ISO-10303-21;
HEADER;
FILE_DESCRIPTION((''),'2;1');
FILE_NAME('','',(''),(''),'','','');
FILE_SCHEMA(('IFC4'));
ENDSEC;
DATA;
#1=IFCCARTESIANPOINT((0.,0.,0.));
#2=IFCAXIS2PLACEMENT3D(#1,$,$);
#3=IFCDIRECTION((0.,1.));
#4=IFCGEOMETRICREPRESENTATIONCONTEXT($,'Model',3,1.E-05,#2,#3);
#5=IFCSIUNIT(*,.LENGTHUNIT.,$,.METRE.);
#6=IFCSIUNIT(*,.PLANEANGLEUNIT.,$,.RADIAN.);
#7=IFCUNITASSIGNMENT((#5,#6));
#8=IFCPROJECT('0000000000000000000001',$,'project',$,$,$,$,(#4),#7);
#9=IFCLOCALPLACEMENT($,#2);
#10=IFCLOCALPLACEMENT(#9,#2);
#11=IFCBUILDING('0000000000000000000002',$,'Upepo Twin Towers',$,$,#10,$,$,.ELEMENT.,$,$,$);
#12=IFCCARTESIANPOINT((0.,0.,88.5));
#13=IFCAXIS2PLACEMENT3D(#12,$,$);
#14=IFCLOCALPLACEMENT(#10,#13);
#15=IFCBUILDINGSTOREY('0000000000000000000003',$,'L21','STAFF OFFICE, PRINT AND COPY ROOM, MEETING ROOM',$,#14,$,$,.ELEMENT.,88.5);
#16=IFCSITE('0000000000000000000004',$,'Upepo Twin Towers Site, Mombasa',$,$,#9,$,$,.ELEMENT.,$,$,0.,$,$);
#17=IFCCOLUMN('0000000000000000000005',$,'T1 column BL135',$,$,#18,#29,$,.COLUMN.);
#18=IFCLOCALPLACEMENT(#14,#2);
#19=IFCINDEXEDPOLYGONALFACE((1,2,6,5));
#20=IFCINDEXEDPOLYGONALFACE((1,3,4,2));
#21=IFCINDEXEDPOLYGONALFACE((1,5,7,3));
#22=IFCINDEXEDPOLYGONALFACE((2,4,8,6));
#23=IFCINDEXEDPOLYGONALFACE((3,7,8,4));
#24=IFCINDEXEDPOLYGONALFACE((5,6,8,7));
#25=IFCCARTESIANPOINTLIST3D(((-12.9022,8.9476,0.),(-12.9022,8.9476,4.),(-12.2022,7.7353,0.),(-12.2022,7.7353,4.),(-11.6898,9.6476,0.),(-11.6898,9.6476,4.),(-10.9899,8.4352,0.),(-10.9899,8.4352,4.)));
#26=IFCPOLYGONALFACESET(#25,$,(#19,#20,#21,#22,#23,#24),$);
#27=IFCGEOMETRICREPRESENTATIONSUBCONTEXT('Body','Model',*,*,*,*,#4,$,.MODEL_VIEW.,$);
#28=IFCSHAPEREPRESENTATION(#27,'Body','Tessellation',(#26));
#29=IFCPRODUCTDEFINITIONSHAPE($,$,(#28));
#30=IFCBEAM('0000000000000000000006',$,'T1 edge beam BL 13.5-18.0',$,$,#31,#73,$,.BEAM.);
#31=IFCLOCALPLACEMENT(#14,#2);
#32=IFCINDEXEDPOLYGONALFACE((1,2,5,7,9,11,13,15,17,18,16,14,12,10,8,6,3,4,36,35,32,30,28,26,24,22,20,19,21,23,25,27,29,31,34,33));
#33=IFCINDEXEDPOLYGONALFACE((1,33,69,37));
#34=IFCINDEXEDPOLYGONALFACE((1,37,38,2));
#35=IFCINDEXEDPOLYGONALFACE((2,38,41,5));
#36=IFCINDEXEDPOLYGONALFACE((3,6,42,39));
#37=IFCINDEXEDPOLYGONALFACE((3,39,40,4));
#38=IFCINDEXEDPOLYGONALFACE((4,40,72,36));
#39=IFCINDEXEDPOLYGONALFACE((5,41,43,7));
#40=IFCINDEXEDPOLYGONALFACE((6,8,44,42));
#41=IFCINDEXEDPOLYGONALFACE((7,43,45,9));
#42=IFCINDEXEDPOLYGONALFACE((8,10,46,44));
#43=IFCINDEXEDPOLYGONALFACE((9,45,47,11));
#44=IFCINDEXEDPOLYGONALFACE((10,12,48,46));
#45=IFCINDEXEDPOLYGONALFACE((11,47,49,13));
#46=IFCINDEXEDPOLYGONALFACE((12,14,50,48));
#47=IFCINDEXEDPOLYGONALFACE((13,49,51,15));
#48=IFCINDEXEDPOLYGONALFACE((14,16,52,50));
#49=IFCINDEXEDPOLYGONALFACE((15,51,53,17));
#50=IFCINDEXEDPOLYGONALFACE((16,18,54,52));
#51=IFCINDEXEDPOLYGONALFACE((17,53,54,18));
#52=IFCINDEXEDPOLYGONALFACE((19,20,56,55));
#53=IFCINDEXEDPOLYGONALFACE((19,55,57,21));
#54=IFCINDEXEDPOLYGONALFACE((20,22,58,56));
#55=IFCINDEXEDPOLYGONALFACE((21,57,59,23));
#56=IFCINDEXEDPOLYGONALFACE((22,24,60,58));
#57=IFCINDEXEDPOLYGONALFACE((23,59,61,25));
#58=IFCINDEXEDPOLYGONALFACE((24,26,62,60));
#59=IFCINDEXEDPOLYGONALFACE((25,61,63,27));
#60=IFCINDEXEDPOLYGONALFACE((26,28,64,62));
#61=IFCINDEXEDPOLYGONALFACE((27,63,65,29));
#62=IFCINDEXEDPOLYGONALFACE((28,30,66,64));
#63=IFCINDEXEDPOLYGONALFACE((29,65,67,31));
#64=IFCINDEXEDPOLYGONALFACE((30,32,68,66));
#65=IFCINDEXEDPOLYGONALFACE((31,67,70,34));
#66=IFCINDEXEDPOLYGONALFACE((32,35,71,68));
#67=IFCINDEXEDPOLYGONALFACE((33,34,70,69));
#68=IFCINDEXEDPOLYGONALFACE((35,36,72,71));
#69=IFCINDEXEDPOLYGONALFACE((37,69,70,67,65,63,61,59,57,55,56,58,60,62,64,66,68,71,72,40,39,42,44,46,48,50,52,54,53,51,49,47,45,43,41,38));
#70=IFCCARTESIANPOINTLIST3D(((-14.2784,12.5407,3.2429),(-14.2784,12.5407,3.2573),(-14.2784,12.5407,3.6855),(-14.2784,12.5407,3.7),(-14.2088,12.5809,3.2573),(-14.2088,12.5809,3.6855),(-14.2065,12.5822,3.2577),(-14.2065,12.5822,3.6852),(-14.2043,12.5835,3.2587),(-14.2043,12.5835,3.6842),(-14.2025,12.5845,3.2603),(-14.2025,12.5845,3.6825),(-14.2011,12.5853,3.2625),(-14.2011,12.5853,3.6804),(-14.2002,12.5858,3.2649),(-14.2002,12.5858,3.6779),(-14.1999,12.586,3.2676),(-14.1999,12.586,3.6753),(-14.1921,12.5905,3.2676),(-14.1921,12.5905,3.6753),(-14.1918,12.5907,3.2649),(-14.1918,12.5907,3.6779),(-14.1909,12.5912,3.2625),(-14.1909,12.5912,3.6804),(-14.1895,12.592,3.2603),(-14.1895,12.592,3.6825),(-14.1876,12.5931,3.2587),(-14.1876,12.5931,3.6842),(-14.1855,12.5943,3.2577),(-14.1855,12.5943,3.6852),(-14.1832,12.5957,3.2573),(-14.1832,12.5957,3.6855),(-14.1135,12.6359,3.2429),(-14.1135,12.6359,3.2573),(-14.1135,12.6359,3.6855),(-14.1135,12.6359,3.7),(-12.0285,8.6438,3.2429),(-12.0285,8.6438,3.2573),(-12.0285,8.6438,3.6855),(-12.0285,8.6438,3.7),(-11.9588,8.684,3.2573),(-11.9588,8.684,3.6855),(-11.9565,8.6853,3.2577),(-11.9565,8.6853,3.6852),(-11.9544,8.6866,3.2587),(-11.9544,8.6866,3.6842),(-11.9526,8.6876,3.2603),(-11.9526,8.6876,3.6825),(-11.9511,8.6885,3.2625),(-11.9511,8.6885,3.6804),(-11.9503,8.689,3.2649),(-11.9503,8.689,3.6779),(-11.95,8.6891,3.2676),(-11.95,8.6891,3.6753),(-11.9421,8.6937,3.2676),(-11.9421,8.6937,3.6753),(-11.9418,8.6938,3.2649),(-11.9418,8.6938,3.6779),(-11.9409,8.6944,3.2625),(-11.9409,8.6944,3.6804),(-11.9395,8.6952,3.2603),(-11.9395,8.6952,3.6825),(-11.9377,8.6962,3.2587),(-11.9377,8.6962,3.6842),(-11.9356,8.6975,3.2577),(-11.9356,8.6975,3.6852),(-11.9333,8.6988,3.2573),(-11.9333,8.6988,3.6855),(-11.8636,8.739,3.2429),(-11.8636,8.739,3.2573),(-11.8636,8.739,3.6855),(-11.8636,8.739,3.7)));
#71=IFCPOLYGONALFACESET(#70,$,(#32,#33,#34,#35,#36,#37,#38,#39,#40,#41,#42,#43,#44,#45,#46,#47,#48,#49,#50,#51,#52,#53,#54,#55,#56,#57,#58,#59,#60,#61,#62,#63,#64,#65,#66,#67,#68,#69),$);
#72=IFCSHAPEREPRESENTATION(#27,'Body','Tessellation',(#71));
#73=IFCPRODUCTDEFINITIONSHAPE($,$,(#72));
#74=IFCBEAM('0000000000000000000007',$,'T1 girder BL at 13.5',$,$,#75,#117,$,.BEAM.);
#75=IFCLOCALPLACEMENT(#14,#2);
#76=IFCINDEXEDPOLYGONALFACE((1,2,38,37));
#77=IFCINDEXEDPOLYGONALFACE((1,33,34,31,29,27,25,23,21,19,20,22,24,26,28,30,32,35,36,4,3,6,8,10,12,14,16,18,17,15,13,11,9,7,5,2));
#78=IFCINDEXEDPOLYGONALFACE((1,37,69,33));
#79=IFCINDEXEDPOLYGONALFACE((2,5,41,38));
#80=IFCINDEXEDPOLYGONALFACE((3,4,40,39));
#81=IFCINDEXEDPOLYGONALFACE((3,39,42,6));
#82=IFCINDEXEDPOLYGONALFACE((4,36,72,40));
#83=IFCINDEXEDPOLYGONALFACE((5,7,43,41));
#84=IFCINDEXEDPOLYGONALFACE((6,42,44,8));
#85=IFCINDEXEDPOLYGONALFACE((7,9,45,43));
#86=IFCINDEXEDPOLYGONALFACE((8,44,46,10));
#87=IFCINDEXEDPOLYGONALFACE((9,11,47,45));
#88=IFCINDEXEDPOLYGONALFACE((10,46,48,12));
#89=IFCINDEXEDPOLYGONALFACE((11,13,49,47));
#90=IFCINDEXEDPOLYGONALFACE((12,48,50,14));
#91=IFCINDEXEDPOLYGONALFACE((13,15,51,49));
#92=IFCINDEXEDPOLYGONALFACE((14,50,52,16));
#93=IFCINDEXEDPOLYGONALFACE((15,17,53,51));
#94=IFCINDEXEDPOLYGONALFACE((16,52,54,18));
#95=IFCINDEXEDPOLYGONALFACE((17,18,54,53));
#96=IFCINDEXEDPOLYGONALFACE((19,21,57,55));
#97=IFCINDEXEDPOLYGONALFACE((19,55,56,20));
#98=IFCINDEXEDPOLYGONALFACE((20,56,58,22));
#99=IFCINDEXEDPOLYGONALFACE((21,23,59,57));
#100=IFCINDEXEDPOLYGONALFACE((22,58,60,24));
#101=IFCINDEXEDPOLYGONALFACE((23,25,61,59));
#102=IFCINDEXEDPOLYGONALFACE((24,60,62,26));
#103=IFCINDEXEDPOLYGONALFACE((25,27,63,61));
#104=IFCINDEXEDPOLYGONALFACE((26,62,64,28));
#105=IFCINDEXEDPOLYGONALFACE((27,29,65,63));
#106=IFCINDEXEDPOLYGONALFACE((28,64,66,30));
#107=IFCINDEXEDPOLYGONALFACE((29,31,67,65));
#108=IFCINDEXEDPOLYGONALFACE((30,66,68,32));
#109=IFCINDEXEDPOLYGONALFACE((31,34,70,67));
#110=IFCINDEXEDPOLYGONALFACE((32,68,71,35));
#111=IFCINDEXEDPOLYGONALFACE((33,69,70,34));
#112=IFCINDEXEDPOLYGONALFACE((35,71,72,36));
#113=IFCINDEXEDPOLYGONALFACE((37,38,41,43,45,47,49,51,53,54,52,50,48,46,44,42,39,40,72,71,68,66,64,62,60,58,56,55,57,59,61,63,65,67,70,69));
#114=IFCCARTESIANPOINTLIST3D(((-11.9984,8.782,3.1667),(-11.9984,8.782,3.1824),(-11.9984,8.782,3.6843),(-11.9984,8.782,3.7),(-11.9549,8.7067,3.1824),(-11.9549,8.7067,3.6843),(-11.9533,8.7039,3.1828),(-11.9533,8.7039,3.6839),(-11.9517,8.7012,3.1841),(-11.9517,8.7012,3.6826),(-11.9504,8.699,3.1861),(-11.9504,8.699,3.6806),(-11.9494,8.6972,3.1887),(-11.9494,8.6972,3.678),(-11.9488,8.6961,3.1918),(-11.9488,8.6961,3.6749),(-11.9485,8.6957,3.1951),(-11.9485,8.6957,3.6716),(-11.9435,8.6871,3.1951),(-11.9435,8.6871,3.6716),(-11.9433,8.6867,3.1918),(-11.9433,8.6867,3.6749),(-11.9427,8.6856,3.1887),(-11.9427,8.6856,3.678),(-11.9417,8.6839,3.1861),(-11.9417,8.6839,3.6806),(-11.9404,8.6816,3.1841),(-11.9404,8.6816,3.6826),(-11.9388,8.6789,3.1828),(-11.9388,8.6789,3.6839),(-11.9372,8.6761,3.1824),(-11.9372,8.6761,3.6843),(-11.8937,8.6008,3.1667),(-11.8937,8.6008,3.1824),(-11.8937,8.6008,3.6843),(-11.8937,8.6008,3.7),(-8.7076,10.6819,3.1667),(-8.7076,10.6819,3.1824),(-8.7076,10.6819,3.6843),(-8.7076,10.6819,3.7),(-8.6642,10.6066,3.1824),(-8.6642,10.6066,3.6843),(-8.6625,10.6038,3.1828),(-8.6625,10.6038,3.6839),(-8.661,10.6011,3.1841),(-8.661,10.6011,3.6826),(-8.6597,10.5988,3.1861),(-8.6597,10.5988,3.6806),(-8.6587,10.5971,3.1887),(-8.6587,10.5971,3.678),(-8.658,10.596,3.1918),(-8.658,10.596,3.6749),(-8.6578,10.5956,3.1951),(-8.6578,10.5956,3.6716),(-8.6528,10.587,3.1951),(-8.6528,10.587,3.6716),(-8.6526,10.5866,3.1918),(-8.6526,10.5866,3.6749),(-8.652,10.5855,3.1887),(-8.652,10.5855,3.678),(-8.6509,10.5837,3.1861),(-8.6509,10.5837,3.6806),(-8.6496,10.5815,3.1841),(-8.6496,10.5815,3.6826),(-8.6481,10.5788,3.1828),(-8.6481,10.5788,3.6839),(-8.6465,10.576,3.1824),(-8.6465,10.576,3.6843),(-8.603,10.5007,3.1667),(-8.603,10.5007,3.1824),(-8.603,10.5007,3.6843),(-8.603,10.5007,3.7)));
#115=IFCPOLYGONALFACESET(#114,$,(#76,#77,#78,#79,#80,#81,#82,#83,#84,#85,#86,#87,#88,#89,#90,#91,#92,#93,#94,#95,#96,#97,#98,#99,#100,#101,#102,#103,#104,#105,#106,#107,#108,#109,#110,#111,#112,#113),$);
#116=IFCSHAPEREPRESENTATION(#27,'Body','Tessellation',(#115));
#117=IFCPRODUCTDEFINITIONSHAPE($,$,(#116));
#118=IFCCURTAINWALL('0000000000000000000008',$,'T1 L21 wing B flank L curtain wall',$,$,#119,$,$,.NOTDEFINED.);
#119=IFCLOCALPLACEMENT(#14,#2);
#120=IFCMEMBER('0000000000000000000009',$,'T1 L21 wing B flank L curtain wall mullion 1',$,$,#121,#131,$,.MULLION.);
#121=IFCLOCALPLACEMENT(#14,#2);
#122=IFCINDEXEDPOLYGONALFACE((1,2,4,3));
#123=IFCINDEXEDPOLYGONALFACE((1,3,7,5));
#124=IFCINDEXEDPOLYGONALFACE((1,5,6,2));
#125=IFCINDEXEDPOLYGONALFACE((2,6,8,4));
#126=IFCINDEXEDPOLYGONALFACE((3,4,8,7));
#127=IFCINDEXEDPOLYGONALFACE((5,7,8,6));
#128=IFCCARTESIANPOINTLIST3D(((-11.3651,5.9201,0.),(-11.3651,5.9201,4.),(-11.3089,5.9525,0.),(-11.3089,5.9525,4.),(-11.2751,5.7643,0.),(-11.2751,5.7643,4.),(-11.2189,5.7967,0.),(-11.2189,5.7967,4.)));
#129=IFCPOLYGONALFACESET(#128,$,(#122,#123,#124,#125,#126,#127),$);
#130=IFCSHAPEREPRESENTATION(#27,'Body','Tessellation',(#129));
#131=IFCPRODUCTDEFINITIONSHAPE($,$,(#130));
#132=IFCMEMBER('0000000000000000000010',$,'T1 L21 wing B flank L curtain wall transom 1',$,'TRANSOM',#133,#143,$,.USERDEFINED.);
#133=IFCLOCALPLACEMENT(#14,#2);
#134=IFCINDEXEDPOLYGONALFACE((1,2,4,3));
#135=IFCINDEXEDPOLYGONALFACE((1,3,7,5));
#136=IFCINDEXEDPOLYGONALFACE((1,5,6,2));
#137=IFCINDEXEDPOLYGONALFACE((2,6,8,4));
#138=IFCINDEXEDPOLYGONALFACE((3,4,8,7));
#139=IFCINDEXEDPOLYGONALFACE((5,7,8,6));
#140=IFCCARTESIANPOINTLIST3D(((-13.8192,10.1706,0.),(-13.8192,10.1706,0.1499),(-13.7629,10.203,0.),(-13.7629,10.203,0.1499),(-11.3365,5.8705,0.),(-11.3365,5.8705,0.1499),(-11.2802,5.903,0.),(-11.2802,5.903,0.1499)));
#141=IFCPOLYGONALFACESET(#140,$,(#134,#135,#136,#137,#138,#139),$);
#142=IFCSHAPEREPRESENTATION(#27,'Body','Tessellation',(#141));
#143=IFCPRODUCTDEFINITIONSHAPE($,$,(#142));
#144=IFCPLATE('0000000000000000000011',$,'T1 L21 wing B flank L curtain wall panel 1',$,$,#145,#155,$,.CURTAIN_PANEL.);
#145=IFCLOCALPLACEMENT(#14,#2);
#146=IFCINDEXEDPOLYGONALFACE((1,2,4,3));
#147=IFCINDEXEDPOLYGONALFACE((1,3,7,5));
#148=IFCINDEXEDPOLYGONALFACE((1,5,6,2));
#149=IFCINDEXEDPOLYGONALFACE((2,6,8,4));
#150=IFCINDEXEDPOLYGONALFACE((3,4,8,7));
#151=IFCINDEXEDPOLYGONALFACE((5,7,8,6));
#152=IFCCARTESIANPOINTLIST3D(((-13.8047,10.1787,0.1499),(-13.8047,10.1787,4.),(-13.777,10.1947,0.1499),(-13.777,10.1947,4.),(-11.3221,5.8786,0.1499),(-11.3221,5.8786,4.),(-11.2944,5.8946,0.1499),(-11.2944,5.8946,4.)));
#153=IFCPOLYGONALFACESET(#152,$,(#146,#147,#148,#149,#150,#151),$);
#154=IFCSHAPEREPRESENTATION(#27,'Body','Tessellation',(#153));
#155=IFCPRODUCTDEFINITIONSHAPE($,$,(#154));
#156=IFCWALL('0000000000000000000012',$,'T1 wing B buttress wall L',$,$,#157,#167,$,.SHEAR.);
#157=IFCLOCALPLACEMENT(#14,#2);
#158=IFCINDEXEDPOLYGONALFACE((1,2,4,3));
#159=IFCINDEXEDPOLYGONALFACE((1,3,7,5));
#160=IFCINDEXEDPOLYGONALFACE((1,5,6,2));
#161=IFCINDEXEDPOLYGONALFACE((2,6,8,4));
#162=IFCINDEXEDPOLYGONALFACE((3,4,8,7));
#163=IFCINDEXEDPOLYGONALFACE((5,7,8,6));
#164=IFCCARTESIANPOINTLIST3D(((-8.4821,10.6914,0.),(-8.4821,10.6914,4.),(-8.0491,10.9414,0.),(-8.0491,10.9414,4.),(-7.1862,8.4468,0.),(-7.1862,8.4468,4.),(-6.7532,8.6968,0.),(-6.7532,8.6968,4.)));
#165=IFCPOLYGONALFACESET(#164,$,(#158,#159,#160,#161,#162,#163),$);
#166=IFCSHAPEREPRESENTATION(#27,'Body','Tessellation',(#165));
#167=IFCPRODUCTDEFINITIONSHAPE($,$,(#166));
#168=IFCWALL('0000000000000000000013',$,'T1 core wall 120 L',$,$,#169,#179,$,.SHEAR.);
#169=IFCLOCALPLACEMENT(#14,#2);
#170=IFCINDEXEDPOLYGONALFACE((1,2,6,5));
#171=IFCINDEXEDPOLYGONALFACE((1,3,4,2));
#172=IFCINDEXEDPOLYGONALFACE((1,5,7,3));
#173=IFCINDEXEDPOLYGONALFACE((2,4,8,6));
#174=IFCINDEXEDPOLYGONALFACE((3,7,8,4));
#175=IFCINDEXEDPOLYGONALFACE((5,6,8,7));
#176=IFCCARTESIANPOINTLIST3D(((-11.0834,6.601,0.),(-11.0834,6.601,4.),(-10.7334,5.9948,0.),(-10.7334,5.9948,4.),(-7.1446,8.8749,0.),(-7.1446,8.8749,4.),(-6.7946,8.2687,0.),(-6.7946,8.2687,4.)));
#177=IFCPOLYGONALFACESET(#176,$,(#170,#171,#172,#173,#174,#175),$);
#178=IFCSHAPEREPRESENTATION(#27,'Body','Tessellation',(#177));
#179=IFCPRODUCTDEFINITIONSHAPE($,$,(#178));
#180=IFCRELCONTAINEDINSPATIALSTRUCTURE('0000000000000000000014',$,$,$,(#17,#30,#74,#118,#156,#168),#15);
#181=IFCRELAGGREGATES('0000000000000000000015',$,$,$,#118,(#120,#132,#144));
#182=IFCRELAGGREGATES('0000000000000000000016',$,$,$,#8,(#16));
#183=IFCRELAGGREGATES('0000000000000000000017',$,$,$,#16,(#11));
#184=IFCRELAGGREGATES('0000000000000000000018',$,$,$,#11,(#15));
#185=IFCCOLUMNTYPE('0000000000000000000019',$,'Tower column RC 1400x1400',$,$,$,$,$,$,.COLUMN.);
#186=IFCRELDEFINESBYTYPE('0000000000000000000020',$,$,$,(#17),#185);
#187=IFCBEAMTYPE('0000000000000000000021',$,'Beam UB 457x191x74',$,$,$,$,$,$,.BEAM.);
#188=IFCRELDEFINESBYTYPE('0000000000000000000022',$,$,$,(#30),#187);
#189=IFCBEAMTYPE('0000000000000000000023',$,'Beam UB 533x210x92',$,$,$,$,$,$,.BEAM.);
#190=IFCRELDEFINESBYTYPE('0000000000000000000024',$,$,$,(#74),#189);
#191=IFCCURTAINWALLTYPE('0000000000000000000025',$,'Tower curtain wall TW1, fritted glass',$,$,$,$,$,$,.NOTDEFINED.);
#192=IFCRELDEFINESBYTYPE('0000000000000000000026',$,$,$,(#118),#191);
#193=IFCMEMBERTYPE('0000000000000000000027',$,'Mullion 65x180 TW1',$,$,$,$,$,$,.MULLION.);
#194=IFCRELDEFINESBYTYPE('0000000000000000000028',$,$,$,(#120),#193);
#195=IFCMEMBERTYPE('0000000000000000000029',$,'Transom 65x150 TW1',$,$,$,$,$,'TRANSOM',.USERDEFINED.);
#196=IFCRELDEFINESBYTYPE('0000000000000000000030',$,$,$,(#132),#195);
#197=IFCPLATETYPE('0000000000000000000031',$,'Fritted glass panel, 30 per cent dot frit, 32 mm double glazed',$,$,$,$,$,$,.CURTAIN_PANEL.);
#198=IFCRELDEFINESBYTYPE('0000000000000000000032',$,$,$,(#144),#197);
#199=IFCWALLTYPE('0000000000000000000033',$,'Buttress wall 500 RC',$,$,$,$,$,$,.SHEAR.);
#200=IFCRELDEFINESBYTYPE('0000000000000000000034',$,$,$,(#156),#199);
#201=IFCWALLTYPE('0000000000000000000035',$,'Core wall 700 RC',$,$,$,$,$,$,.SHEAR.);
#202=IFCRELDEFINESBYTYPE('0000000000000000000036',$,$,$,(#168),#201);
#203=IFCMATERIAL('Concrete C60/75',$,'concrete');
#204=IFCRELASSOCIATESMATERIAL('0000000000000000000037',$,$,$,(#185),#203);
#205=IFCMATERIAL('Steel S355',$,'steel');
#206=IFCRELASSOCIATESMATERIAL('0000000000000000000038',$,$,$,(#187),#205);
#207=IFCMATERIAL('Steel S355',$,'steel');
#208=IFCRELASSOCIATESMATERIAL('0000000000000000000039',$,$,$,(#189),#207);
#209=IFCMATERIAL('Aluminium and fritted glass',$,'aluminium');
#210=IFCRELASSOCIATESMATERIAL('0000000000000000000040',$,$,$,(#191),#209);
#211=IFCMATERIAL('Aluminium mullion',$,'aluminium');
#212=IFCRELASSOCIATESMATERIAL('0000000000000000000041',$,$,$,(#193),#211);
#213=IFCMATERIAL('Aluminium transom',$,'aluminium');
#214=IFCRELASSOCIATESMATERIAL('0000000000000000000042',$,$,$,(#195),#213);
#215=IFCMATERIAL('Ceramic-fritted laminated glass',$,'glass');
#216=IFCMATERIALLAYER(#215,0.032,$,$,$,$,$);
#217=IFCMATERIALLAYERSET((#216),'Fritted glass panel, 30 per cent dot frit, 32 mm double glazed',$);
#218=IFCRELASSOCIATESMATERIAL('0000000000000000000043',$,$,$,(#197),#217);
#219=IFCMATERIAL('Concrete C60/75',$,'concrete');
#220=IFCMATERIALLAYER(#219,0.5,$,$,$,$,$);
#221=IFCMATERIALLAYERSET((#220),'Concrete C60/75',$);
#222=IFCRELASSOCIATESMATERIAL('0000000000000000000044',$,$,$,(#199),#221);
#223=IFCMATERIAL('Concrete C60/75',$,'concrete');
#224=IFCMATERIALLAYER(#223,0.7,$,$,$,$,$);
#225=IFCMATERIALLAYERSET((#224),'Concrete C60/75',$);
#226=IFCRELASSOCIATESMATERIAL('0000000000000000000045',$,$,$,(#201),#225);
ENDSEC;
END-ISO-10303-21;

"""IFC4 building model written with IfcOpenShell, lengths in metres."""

from ifc_helpers import new_model, si_unit, direction, frame, frame_2d, origin, origin_2d, place, context, subcontext, project, spatial, rectangle, i_section, extrude, material, layer, layer_set, material_profile, profile_set, type_object, element, aggregate, save


model = new_model("IFC4")

# Units and contexts
model_context = context("Model", 3, precision=1e-05, world=origin(), true_north=direction((0.0, 1.0)))
body_context = subcontext(model_context, "Body", "Model", "MODEL_VIEW")
ifc_project = project(units=[si_unit("LENGTHUNIT", "METRE"), si_unit("PLANEANGLEUNIT", "RADIAN")], contexts=[model_context])

# Site, building, storey
site_placement = place(None, origin())
site = spatial("IfcSite", under=ifc_project, at=site_placement, Name="Upepo Twin Towers Site, Mombasa", CompositionType="ELEMENT", RefElevation=0.0)
building_placement = place(site_placement, origin())
building = spatial("IfcBuilding", under=site, at=building_placement, Name="Upepo Twin Towers", CompositionType="ELEMENT")
storey_placement = place(building_placement, frame((0.0, 0.0, 88.5)))
storey = spatial("IfcBuildingStorey", under=building, at=storey_placement, Name="L21", Description="STAFF OFFICE, PRINT AND COPY ROOM, MEETING ROOM", CompositionType="ELEMENT", Elevation=88.5)

# Column
ifc_material_1 = material(Name="Concrete C60/75", Category="concrete")
ifc_material_profile_1 = material_profile(ifc_material_1, rectangle(XDim=1.3999, YDim=1.3999, at=origin_2d()), Name="RC 1400x1400")
ifc_profile_set_1 = profile_set([ifc_material_profile_1], Name="Concrete C60/75")
column_type = type_object("IfcColumnType", Name="Tower column RC 1400x1400", PredefinedType="COLUMN", material=ifc_profile_set_1)
column_placement = place(storey_placement, frame((-11.946, 8.6914, 0.0), z_axis=(0.0, 0.0, 1.0), x_axis=(0.866025, 0.5, 0.0)))
element("IfcColumn", 1, at=column_placement, inside=storey, type_object=column_type, Name="T1 column BL135", PredefinedType="COLUMN", context=body_context, shape_type="SweptSolid", body=[
    extrude(rectangle(XDim=1.3999, YDim=1.3999, at=origin_2d()), origin(), (0.0, 0.0, 1.0), 4.0),
])

# Beams
ifc_material_2 = material(Name="Steel S355", Category="steel")
ifc_material_profile_2 = material_profile(ifc_material_2, i_section(OverallWidth=0.1904, OverallDepth=0.457, WebThickness=0.009, FlangeThickness=0.0144, FilletRadius=0.0103, at=origin_2d()), Name="UB 457x191x74")
ifc_profile_set_2 = profile_set([ifc_material_profile_2], Name="Steel S355")
beam_type_1 = type_object("IfcBeamType", Name="Beam UB 457x191x74", PredefinedType="BEAM", material=ifc_profile_set_2)
beam_1_placement = place(storey_placement, frame((-11.946, 8.6914, 3.4714), z_axis=(-0.500014, 0.866018, 0.0), x_axis=(-0.866018, -0.500014, 0.0)))
element("IfcBeam", 2, at=beam_1_placement, inside=storey, type_object=beam_type_1, Name="T1 edge beam BL 13.5-18.0", PredefinedType="BEAM", context=body_context, shape_type="SweptSolid", body=[
    extrude(i_section(OverallWidth=0.1904, OverallDepth=0.457, WebThickness=0.009, FlangeThickness=0.0144, FilletRadius=0.0103, at=origin_2d()), origin(), (0.0, 0.0, 1.0), 4.4998),
])
ifc_material_3 = material(Name="Steel S355", Category="steel")
ifc_material_profile_3 = material_profile(ifc_material_3, i_section(OverallWidth=0.2092, OverallDepth=0.5332, WebThickness=0.01, FlangeThickness=0.0156, FilletRadius=0.0127, at=origin_2d()), Name="UB 533x210x92")
ifc_profile_set_3 = profile_set([ifc_material_profile_3], Name="Steel S355")
beam_type_2 = type_object("IfcBeamType", Name="Beam UB 533x210x92", PredefinedType="BEAM", material=ifc_profile_set_3)
beam_2_placement = place(storey_placement, frame((-11.946, 8.6914, 3.4333), z_axis=(0.866028, 0.499995, 0.0), x_axis=(-0.499995, 0.866028, 0.0)))
element("IfcBeam", 3, at=beam_2_placement, inside=storey, type_object=beam_type_2, Name="T1 girder BL at 13.5", PredefinedType="BEAM", context=body_context, shape_type="SweptSolid", body=[
    extrude(i_section(OverallWidth=0.2092, OverallDepth=0.5332, WebThickness=0.01, FlangeThickness=0.0156, FilletRadius=0.0127, at=origin_2d()), origin(), (0.0, 0.0, 1.0), 3.7998),
])

# Curtain wall, members, plate
ifc_material_4 = material(Name="Aluminium and fritted glass", Category="aluminium")
curtain_wall_type = type_object("IfcCurtainWallType", Name="Tower curtain wall TW1, fritted glass", PredefinedType="NOTDEFINED", material=ifc_material_4)
curtain_wall_placement = place(storey_placement, origin())
curtain_wall = element("IfcCurtainWall", 4, at=curtain_wall_placement, inside=storey, type_object=curtain_wall_type, Name="T1 L21 wing B flank L curtain wall", PredefinedType="NOTDEFINED")
ifc_material_5 = material(Name="Aluminium mullion", Category="aluminium")
ifc_material_profile_4 = material_profile(ifc_material_5, rectangle(XDim=0.0649, YDim=0.1799, at=origin_2d()), Name="MULLION 65x180")
ifc_profile_set_4 = profile_set([ifc_material_profile_4], Name="Aluminium mullion")
member_type_1 = type_object("IfcMemberType", Name="Mullion 65x180 TW1", PredefinedType="MULLION", material=ifc_profile_set_4)
member_1_placement = place(storey_placement, frame((-11.292, 5.8584, 0.0), z_axis=(0.0, 0.0, 1.0), x_axis=(-0.866025, -0.5, 0.0)))
member_1 = element("IfcMember", 5, at=member_1_placement, type_object=member_type_1, Name="T1 L21 wing B flank L curtain wall mullion 1", PredefinedType="MULLION", context=body_context, shape_type="SweptSolid", body=[
    extrude(rectangle(XDim=0.0649, YDim=0.1799, at=origin_2d()), origin(), (0.0, 0.0, 1.0), 4.0),
])
ifc_material_6 = material(Name="Aluminium transom", Category="aluminium")
ifc_material_profile_5 = material_profile(ifc_material_6, rectangle(XDim=0.0649, YDim=0.1499, at=origin_2d()), Name="TRANSOM 65x150")
ifc_profile_set_5 = profile_set([ifc_material_profile_5], Name="Aluminium transom")
member_type_2 = type_object("IfcMemberType", Name="Transom 65x150 TW1", ElementType="TRANSOM", PredefinedType="USERDEFINED", material=ifc_profile_set_5)
member_2_placement = place(storey_placement, frame((-11.3083, 5.8867, 0.075), z_axis=(-0.500005, 0.866023, 0.0), x_axis=(-0.866023, -0.500005, 0.0)))
member_2 = element("IfcMember", 6, at=member_2_placement, type_object=member_type_2, Name="T1 L21 wing B flank L curtain wall transom 1", ObjectType="TRANSOM", PredefinedType="USERDEFINED", context=body_context, shape_type="SweptSolid", body=[
    extrude(rectangle(XDim=0.0649, YDim=0.1499, at=origin_2d()), origin(), (0.0, 0.0, 1.0), 4.9653),
])
ifc_material_7 = material(Name="Ceramic-fritted laminated glass", Category="glass")
ifc_layer_1 = layer(ifc_material_7, 0.032)
ifc_layer_set_1 = layer_set([ifc_layer_1], Name="Fritted glass panel, 30 per cent dot frit, 32 mm double glazed")
plate_type = type_object("IfcPlateType", Name="Fritted glass panel, 30 per cent dot frit, 32 mm double glazed", PredefinedType="CURTAIN_PANEL", material=ifc_layer_set_1)
plate_placement = place(storey_placement, frame((-12.5496, 8.0366, 0.1499), z_axis=(0.0, 0.0, 1.0), x_axis=(-0.5, 0.866025, 0.0)))
plate = element("IfcPlate", 7, at=plate_placement, type_object=plate_type, Name="T1 L21 wing B flank L curtain wall panel 1", PredefinedType="CURTAIN_PANEL", context=body_context, shape_type="SweptSolid", body=[
    extrude(rectangle(XDim=4.9653, YDim=0.032, at=origin_2d()), origin(), (0.0, 0.0, 1.0), 3.8501),
])
aggregate(curtain_wall, [member_1, member_2, plate])

# Walls
ifc_material_8 = material(Name="Concrete C60/75", Category="concrete")
ifc_layer_2 = layer(ifc_material_8, 0.5)
ifc_layer_set_2 = layer_set([ifc_layer_2], Name="Concrete C60/75")
wall_type_1 = type_object("IfcWallType", Name="Buttress wall 500 RC", PredefinedType="SHEAR", material=ifc_layer_set_2)
wall_1_placement = place(storey_placement, frame((-6.9697, 8.5718, 0.0), z_axis=(0.0, 0.0, 1.0), x_axis=(-0.499989, 0.866032, 0.0)))
element("IfcWall", 8, at=wall_1_placement, inside=storey, type_object=wall_type_1, Name="T1 wing B buttress wall L", PredefinedType="SHEAR", context=body_context, shape_type="SweptSolid", body=[
    extrude(rectangle(XDim=2.5918, YDim=0.5, at=frame_2d((1.2959, 0.0))), origin(), (0.0, 0.0, 1.0), 4.0),
])
ifc_material_9 = material(Name="Concrete C60/75", Category="concrete")
ifc_layer_3 = layer(ifc_material_9, 0.7)
ifc_layer_set_3 = layer_set([ifc_layer_3], Name="Concrete C60/75")
wall_type_2 = type_object("IfcWallType", Name="Core wall 700 RC", PredefinedType="SHEAR", material=ifc_layer_set_3)
wall_2_placement = place(storey_placement, frame((-6.9697, 8.5718, 0.0), z_axis=(0.0, 0.0, 1.0), x_axis=(-0.866035, -0.499984, 0.0)))
element("IfcWall", 9, at=wall_2_placement, inside=storey, type_object=wall_type_2, Name="T1 core wall 120 L", PredefinedType="SHEAR", context=body_context, shape_type="SweptSolid", body=[
    extrude(rectangle(XDim=4.5481, YDim=0.7, at=frame_2d((2.2739, 0.0))), origin(), (0.0, 0.0, 1.0), 4.0),
])

save(model, "model.ifc")
